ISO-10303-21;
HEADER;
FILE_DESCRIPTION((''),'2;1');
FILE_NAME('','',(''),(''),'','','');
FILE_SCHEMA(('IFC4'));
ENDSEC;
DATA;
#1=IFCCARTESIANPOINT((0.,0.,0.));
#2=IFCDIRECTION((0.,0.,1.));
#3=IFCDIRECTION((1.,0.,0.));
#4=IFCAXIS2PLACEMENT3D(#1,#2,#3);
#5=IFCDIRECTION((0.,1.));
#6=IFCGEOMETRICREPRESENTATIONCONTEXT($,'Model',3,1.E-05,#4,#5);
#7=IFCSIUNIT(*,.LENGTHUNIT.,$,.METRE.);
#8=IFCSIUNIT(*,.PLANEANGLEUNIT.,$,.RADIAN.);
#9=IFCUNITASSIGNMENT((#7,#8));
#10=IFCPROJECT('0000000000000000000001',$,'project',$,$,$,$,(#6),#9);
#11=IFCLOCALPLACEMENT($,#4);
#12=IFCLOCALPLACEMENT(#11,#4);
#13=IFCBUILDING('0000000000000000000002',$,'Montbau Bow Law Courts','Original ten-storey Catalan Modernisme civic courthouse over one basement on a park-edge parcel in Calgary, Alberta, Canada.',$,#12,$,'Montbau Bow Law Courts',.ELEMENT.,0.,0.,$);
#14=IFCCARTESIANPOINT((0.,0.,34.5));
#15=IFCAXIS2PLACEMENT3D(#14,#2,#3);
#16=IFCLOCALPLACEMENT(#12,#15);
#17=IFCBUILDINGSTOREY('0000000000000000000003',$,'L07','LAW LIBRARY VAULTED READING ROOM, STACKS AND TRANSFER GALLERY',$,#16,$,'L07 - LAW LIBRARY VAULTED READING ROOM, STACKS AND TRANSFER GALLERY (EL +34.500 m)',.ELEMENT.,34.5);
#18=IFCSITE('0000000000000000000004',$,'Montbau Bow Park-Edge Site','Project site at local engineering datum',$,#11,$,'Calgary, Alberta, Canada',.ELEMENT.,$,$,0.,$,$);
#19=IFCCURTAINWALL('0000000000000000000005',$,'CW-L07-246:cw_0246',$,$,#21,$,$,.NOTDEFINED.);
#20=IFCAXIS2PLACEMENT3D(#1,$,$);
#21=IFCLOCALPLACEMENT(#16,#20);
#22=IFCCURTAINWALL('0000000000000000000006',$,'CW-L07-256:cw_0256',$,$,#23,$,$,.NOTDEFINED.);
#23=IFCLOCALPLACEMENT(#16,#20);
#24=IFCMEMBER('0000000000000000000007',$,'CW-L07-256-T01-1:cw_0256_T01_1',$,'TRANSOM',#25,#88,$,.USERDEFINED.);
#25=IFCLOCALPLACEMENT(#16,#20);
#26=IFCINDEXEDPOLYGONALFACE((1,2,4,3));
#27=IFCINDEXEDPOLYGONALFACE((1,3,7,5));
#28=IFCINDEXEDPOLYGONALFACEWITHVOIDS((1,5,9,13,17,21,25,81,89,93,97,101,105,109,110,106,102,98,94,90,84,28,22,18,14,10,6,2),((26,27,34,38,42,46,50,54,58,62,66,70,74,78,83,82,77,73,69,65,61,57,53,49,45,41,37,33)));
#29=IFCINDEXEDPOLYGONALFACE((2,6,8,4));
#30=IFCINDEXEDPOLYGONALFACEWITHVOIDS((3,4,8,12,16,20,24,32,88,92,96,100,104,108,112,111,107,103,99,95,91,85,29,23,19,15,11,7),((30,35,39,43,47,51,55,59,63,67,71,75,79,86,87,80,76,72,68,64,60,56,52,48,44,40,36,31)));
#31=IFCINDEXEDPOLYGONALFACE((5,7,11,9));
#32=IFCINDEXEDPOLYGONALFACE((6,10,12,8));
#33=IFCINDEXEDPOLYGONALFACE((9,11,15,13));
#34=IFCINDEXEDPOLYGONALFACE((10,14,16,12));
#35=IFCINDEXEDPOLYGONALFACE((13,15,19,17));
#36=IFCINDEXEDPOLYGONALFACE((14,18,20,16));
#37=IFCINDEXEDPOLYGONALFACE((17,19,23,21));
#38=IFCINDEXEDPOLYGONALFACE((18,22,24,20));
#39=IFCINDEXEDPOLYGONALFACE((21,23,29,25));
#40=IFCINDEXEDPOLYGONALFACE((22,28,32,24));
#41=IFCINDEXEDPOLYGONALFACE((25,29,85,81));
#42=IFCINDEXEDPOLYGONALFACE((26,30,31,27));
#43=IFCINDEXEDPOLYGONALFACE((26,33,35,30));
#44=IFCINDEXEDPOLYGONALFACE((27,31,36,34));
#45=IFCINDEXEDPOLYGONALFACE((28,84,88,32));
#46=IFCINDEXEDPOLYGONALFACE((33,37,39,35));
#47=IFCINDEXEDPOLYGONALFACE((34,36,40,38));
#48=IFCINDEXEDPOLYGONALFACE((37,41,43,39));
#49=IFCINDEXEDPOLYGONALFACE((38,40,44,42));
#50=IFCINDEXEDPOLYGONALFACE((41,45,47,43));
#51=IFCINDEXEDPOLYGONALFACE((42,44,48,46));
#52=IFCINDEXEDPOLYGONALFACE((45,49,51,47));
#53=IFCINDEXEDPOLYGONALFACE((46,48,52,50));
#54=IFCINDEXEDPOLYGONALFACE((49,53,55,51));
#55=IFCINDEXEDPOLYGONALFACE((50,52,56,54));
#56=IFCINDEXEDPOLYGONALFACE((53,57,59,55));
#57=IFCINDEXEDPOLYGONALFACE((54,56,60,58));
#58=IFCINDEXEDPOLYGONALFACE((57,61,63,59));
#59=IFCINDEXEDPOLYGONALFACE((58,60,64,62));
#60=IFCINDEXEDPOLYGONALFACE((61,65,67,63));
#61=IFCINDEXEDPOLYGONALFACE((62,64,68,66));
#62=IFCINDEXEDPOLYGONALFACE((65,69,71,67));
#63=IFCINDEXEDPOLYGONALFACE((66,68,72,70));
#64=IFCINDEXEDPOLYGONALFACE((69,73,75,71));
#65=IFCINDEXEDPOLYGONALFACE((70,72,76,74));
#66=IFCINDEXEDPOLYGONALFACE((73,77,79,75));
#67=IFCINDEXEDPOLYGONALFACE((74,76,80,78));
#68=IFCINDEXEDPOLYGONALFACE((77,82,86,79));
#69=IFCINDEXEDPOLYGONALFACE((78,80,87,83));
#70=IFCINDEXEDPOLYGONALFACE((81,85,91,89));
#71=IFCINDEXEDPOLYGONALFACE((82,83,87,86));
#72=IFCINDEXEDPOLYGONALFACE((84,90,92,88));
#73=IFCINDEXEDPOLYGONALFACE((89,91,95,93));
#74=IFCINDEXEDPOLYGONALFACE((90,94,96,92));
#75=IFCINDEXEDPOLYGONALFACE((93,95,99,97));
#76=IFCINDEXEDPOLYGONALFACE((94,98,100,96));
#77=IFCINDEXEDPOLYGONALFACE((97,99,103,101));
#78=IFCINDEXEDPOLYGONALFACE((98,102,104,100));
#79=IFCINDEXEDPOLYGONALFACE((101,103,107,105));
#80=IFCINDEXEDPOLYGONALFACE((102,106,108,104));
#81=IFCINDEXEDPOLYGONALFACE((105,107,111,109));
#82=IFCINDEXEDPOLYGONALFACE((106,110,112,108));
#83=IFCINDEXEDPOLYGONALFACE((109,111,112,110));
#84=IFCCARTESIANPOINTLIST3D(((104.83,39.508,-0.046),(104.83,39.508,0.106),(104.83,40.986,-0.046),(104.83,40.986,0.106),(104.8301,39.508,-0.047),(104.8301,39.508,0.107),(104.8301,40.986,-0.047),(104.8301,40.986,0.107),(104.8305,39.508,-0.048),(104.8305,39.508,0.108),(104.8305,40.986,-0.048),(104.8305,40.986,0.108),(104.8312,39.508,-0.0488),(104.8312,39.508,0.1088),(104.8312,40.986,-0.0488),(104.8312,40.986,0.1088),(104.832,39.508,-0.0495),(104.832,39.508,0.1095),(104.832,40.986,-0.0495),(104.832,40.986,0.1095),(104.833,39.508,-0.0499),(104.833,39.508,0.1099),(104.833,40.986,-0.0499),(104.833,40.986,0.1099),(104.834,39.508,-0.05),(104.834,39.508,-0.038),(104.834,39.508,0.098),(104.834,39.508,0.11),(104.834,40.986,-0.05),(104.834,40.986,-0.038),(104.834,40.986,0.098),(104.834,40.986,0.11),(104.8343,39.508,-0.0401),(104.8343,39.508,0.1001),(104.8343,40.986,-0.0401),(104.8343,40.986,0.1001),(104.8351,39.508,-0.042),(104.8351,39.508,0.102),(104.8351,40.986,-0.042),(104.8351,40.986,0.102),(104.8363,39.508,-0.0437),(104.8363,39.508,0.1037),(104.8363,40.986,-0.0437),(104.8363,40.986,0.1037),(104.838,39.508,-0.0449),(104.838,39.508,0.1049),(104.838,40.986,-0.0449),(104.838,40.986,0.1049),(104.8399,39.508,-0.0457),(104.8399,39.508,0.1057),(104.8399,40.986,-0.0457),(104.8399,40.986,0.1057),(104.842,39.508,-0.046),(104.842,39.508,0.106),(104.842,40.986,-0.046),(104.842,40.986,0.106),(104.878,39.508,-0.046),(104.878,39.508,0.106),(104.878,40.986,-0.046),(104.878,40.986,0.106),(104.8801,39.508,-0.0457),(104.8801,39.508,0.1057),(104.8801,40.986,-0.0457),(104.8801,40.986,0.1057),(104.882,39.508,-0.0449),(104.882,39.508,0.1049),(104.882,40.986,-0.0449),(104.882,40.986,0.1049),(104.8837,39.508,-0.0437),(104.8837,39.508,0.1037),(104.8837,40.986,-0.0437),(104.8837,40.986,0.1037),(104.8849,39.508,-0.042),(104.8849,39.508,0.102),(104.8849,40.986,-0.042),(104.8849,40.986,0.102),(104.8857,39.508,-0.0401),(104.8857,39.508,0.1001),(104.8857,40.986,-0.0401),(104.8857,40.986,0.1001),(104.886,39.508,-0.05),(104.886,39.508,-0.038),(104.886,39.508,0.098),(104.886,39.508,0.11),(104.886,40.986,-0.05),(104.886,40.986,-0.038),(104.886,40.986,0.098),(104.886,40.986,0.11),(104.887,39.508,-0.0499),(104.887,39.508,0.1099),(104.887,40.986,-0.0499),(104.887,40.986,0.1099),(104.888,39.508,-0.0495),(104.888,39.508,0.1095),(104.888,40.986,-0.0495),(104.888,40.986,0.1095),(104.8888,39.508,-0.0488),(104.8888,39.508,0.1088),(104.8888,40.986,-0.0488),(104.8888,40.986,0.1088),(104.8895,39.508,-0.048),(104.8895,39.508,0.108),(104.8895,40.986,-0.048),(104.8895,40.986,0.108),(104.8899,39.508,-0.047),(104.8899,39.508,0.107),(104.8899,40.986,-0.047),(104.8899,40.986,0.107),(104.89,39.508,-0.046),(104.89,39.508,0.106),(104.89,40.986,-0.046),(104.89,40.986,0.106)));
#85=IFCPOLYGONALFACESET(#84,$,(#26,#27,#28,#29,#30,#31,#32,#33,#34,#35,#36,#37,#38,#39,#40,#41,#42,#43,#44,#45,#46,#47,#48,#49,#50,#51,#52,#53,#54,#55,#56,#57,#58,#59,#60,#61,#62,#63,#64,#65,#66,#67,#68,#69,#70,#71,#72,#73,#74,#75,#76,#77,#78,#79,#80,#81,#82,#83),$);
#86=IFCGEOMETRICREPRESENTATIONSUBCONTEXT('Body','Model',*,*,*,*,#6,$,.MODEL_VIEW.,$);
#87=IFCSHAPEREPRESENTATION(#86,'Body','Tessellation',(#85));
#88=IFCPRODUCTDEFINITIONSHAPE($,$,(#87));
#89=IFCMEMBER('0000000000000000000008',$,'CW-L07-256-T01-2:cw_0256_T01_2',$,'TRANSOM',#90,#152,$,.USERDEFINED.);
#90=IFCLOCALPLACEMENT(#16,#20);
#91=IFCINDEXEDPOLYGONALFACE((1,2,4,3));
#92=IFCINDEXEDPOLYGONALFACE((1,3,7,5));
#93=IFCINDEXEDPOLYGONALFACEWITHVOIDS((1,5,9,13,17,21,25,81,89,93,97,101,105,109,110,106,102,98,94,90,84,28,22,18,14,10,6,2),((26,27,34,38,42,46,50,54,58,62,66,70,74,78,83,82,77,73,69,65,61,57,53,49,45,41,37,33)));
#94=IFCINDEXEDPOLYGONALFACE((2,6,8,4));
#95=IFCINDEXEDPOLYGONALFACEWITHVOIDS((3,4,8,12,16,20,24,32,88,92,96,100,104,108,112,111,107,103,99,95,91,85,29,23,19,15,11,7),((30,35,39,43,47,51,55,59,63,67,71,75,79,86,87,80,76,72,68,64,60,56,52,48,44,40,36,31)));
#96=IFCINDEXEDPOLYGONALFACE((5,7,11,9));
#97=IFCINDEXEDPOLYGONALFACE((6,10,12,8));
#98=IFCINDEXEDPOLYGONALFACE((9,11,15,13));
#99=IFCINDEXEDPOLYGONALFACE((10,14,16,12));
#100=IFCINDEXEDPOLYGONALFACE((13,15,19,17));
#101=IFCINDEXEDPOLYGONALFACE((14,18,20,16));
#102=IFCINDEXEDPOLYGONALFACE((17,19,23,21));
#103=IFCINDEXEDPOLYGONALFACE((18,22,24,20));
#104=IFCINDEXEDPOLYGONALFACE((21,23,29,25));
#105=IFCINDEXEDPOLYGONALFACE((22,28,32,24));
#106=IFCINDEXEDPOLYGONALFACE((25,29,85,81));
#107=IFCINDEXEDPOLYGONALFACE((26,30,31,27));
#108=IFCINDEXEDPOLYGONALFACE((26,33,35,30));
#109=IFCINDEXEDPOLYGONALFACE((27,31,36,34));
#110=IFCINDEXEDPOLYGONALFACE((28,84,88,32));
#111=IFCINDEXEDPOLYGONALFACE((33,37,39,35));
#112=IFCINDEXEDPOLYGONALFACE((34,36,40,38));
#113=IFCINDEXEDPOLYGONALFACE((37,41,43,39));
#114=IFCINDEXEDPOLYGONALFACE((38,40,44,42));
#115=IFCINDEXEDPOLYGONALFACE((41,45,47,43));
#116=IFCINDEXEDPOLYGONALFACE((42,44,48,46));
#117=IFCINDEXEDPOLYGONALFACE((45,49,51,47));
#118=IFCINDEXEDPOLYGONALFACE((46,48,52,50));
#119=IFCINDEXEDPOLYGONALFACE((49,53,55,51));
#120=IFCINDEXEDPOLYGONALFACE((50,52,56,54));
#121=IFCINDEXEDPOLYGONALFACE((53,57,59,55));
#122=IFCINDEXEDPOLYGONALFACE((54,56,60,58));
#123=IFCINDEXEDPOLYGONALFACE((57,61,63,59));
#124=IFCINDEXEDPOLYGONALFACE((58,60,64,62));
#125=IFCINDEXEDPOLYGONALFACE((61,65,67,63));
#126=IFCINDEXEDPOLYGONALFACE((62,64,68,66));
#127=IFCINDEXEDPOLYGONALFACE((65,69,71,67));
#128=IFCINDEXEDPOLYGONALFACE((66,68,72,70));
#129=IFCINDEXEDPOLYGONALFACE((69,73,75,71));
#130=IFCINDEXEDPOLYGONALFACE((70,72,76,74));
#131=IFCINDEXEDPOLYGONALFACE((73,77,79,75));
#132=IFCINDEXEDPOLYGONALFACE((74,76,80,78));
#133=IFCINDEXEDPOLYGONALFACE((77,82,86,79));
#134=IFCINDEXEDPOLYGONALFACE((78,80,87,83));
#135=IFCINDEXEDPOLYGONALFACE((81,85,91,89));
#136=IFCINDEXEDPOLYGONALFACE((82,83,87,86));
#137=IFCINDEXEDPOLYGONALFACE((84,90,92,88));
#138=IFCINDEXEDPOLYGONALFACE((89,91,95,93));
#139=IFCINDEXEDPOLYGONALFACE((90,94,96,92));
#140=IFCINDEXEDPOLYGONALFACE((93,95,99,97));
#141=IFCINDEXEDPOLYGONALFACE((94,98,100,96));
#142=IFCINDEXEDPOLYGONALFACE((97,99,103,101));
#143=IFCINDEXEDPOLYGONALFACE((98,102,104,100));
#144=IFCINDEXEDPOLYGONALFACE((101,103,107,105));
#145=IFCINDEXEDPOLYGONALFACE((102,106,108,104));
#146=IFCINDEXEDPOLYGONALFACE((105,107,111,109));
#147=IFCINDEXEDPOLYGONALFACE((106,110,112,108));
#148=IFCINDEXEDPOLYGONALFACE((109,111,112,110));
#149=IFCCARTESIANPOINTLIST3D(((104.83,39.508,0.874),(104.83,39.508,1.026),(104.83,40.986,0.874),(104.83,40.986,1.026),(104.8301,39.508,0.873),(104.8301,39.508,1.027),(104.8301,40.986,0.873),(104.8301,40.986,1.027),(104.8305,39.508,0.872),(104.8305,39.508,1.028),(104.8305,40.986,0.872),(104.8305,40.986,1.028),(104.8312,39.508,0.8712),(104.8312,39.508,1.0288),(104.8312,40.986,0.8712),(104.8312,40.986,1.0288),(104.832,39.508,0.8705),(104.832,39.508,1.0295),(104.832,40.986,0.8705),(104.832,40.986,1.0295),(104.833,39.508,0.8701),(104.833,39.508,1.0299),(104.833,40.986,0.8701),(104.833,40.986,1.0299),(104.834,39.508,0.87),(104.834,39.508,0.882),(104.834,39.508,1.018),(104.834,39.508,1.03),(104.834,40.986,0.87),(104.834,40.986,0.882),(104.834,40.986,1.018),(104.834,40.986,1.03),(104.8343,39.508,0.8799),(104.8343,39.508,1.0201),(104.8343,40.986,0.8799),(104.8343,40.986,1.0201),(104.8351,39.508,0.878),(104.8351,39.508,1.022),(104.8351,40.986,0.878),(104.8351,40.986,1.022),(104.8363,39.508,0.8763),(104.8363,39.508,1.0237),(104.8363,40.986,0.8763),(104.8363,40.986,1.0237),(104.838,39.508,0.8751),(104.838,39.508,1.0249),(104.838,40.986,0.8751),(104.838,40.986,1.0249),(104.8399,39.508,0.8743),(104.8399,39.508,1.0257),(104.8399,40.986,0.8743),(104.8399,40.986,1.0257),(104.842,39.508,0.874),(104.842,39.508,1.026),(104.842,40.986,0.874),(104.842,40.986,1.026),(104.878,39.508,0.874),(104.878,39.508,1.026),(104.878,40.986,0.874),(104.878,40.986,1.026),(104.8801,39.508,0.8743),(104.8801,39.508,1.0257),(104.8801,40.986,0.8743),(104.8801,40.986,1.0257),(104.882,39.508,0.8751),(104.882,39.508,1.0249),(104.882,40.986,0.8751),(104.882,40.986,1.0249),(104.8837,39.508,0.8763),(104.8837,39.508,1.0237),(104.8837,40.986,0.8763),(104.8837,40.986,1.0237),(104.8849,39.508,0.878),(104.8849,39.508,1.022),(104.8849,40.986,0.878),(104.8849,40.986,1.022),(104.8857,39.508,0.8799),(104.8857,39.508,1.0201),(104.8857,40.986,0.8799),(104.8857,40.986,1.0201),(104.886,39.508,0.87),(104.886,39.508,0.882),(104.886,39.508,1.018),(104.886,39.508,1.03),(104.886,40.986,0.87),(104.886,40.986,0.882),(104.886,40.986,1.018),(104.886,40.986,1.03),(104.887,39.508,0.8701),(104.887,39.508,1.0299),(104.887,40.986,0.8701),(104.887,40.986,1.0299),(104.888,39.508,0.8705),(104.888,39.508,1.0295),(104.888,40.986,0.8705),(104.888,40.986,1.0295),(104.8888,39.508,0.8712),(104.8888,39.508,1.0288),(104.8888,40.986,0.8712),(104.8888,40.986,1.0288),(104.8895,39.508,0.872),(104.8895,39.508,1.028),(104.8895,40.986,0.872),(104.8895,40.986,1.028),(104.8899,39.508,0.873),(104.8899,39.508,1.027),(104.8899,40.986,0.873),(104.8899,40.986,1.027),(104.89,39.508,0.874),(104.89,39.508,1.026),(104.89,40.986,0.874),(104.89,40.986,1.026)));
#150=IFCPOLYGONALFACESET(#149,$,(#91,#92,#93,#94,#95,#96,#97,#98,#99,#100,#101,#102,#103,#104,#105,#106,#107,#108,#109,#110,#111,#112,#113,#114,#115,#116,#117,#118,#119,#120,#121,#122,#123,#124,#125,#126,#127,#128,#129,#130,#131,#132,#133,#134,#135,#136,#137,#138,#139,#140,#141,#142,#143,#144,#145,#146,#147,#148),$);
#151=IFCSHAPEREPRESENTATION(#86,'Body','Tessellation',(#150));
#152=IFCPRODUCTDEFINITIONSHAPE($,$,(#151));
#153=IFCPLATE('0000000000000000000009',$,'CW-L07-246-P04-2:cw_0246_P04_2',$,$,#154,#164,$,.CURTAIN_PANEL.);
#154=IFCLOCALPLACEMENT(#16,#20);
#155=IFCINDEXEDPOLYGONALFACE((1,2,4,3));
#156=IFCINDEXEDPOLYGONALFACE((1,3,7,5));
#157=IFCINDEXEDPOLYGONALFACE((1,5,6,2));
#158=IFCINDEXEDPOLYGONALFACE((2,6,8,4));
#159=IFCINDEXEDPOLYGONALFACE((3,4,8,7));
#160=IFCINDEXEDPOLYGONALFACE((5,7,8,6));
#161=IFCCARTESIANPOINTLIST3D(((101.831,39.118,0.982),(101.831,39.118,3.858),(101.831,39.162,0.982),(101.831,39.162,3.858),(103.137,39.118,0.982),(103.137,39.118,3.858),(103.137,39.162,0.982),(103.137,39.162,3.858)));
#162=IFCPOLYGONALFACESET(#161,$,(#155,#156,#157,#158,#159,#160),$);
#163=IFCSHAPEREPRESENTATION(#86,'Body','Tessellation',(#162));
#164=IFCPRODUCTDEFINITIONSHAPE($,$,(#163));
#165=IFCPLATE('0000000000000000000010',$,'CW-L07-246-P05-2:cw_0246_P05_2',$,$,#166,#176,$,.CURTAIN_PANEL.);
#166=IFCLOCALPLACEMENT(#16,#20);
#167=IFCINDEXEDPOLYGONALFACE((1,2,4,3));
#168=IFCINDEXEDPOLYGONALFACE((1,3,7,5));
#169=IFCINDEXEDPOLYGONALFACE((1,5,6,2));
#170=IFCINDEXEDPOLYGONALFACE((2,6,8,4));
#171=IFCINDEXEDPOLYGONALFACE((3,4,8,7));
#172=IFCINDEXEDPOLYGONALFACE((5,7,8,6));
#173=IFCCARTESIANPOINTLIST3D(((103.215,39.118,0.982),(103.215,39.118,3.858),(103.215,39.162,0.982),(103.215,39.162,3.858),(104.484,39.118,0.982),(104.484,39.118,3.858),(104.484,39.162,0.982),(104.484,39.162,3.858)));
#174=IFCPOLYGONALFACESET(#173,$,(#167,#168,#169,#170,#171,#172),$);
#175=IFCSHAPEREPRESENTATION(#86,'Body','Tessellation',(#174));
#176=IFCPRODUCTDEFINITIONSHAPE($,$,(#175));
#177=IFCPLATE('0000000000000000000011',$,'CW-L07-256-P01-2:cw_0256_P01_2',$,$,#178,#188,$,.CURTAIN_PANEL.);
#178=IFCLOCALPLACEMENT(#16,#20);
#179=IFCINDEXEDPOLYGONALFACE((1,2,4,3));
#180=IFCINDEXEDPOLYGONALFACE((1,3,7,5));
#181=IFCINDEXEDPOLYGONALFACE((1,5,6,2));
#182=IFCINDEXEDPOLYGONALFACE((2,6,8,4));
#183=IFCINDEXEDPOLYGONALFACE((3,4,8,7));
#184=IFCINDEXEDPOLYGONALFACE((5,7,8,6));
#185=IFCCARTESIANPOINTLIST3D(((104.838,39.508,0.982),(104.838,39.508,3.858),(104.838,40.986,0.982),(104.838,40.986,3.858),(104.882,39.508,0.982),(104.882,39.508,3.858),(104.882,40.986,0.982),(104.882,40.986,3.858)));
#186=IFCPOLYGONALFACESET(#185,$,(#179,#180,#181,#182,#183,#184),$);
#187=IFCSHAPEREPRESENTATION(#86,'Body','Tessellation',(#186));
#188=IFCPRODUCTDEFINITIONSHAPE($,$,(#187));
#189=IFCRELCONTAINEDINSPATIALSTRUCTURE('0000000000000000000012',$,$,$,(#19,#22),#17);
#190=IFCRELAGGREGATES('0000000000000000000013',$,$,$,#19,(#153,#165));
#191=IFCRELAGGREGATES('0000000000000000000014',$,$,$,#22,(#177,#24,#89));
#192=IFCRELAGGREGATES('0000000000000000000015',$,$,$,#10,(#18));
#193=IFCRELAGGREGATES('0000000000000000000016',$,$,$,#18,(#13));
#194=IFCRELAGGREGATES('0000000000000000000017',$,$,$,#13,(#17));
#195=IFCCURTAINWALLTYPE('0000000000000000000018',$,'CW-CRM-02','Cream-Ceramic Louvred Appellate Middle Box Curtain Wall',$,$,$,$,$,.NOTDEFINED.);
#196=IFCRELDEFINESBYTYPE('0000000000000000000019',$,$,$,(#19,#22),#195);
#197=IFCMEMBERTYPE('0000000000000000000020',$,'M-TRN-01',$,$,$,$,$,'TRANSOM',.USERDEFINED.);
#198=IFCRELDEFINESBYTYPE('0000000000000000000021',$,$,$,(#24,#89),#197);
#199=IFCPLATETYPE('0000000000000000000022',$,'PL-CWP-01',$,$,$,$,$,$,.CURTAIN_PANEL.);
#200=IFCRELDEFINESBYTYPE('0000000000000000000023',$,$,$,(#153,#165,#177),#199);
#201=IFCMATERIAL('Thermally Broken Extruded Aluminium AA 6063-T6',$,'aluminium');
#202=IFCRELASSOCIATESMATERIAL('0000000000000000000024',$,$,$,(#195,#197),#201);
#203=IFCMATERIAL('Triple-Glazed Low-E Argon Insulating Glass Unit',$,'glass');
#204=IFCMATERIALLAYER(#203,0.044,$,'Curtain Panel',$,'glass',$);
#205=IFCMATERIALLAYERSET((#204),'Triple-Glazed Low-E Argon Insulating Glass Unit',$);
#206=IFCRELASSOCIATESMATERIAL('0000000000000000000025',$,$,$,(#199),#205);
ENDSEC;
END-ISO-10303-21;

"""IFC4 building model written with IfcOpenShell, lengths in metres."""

from ifc_helpers import new_model, si_unit, direction, frame, frame_2d, origin_with_axes, origin_2d_with_axis, place, context, subcontext, project, spatial, rectangle, hollow_rectangle, extrude, material, layer, layer_set, material_profile, profile_set, type_object, element, aggregate, save


model = new_model("IFC4")

# Units and contexts
model_context = context("Model", 3, precision=1e-05, world=origin_with_axes(), true_north=direction((0.0, 1.0)))
body_context = subcontext(model_context, "Body", "Model", "MODEL_VIEW")
ifc_project = project(units=[si_unit("LENGTHUNIT", "METRE"), si_unit("PLANEANGLEUNIT", "RADIAN")], contexts=[model_context])

# Site, building, storey
site_placement = place(None, origin_with_axes())
site = spatial("IfcSite", under=ifc_project, at=site_placement, Name="Montbau Bow Park-Edge Site", Description="Project site at local engineering datum", LongName="Calgary, Alberta, Canada", CompositionType="ELEMENT", RefElevation=0.0)
building_placement = place(site_placement, origin_with_axes())
building = spatial("IfcBuilding", under=site, at=building_placement, Name="Montbau Bow Law Courts", Description="Original ten-storey Catalan Modernisme civic courthouse over one basement on a park-edge parcel in Calgary, Alberta, Canada.", LongName="Montbau Bow Law Courts", CompositionType="ELEMENT", ElevationOfRefHeight=0.0, ElevationOfTerrain=0.0)
storey_placement = place(building_placement, frame((0.0, 0.0, 34.5), z_axis=(0.0, 0.0, 1.0), x_axis=(1.0, 0.0, 0.0)))
storey = spatial("IfcBuildingStorey", under=building, at=storey_placement, Name="L07", Description="LAW LIBRARY VAULTED READING ROOM, STACKS AND TRANSFER GALLERY", LongName="L07 - LAW LIBRARY VAULTED READING ROOM, STACKS AND TRANSFER GALLERY (EL +34.500 m)", CompositionType="ELEMENT", Elevation=34.5)

# Curtain wall
ifc_material_1 = material(Name="Thermally Broken Extruded Aluminium AA 6063-T6", Category="aluminium")
curtain_wall_type = type_object("IfcCurtainWallType", Name="CW-CRM-02", Description="Cream-Ceramic Louvred Appellate Middle Box Curtain Wall", PredefinedType="NOTDEFINED", material=ifc_material_1)
curtain_wall_1_placement = place(None, frame((97.64, 39.14, 34.5), z_axis=(0.0, 0.0, 1.0), x_axis=(1.0, 0.0, 0.0)))
curtain_wall_1 = element("IfcCurtainWall", 1, at=curtain_wall_1_placement, inside=storey, type_object=curtain_wall_type, Name="CW-L07-246:cw_0246", PredefinedType="NOTDEFINED")

# Curtain wall
curtain_wall_2_placement = place(None, frame((104.86, 39.44, 34.5), z_axis=(0.0, 0.0, 1.0), x_axis=(1.0, 0.0, 0.0)))
curtain_wall_2 = element("IfcCurtainWall", 2, at=curtain_wall_2_placement, inside=storey, type_object=curtain_wall_type, Name="CW-L07-256:cw_0256", PredefinedType="NOTDEFINED")

# Members
ifc_material_profile_1 = material_profile(ifc_material_1, hollow_rectangle(XDim=0.06, YDim=0.16, WallThickness=0.004, InnerFilletRadius=0.008, OuterFilletRadius=0.004, at=origin_2d_with_axis()), Name="CWT-160X60", Category="Main", Priority=0)
ifc_profile_set_1 = profile_set([ifc_material_profile_1], Name="Thermally Broken Extruded Aluminium AA 6063-T6")
member_type_1 = type_object("IfcMemberType", Name="M-TRN-01", ElementType="TRANSOM", PredefinedType="USERDEFINED", material=ifc_profile_set_1)
member_1_placement = place(None, frame((104.86, 39.508, 34.53), z_axis=(0.0, 1.0, 0.0), x_axis=(-1.0, 0.0, 0.0)))
member_1 = element("IfcMember", 3, at=member_1_placement, type_object=member_type_1, Name="CW-L07-256-T01-1:cw_0256_T01_1", ObjectType="TRANSOM", PredefinedType="USERDEFINED", context=body_context, shape_type="SweptSolid", body=[
    extrude(hollow_rectangle(XDim=0.06, YDim=0.16, WallThickness=0.004, InnerFilletRadius=0.008, OuterFilletRadius=0.004, at=origin_2d_with_axis()), origin_with_axes(), (0.0, 0.0, 1.0), 1.478),
])
member_2_placement = place(None, frame((104.86, 39.508, 35.45), z_axis=(0.0, 1.0, 0.0), x_axis=(-1.0, 0.0, 0.0)))
member_2 = element("IfcMember", 4, at=member_2_placement, type_object=member_type_1, Name="CW-L07-256-T01-2:cw_0256_T01_2", ObjectType="TRANSOM", PredefinedType="USERDEFINED", context=body_context, shape_type="SweptSolid", body=[
    extrude(hollow_rectangle(XDim=0.06, YDim=0.16, WallThickness=0.004, InnerFilletRadius=0.008, OuterFilletRadius=0.004, at=origin_2d_with_axis()), origin_with_axes(), (0.0, 0.0, 1.0), 1.478),
])

# Plates
ifc_material_2 = material(Name="Triple-Glazed Low-E Argon Insulating Glass Unit", Category="glass")
ifc_layer_1 = layer(ifc_material_2, 0.044, Name="Curtain Panel", Category="glass")
ifc_layer_set_1 = layer_set([ifc_layer_1], Name="Triple-Glazed Low-E Argon Insulating Glass Unit")
plate_type_1 = type_object("IfcPlateType", Name="PL-CWP-01", PredefinedType="CURTAIN_PANEL", material=ifc_layer_set_1)
plate_1_placement = place(None, frame((101.831, 39.14, 35.482), z_axis=(0.0, -1.0, 0.0), x_axis=(1.0, 0.0, 0.0)))
plate_1 = element("IfcPlate", 5, at=plate_1_placement, type_object=plate_type_1, Name="CW-L07-246-P04-2:cw_0246_P04_2", PredefinedType="CURTAIN_PANEL", context=body_context, shape_type="SweptSolid", body=[
    extrude(rectangle(XDim=1.306, YDim=2.876, at=frame_2d((0.653, 1.438), x_axis=(1.0, 0.0))), frame((0.0, 0.0, -0.022), z_axis=(0.0, 0.0, 1.0), x_axis=(1.0, 0.0, 0.0)), (0.0, 0.0, 1.0), 0.044),
])
plate_2_placement = place(None, frame((103.215, 39.14, 35.482), z_axis=(0.0, -1.0, 0.0), x_axis=(1.0, 0.0, 0.0)))
plate_2 = element("IfcPlate", 6, at=plate_2_placement, type_object=plate_type_1, Name="CW-L07-246-P05-2:cw_0246_P05_2", PredefinedType="CURTAIN_PANEL", context=body_context, shape_type="SweptSolid", body=[
    extrude(rectangle(XDim=1.269, YDim=2.876, at=frame_2d((0.6345, 1.438), x_axis=(1.0, 0.0))), frame((0.0, 0.0, -0.022), z_axis=(0.0, 0.0, 1.0), x_axis=(1.0, 0.0, 0.0)), (0.0, 0.0, 1.0), 0.044),
])
plate_3_placement = place(None, frame((104.86, 39.508, 35.482), z_axis=(1.0, 0.0, 0.0), x_axis=(0.0, 1.0, 0.0)))
plate_3 = element("IfcPlate", 7, at=plate_3_placement, type_object=plate_type_1, Name="CW-L07-256-P01-2:cw_0256_P01_2", PredefinedType="CURTAIN_PANEL", context=body_context, shape_type="SweptSolid", body=[
    extrude(rectangle(XDim=1.478, YDim=2.876, at=frame_2d((0.739, 1.438), x_axis=(1.0, 0.0))), frame((0.0, 0.0, -0.022), z_axis=(0.0, 0.0, 1.0), x_axis=(1.0, 0.0, 0.0)), (0.0, 0.0, 1.0), 0.044),
])
aggregate(curtain_wall_1, [plate_1, plate_2])
aggregate(curtain_wall_2, [plate_3, member_1, member_2])

save(model, "model.ifc")
